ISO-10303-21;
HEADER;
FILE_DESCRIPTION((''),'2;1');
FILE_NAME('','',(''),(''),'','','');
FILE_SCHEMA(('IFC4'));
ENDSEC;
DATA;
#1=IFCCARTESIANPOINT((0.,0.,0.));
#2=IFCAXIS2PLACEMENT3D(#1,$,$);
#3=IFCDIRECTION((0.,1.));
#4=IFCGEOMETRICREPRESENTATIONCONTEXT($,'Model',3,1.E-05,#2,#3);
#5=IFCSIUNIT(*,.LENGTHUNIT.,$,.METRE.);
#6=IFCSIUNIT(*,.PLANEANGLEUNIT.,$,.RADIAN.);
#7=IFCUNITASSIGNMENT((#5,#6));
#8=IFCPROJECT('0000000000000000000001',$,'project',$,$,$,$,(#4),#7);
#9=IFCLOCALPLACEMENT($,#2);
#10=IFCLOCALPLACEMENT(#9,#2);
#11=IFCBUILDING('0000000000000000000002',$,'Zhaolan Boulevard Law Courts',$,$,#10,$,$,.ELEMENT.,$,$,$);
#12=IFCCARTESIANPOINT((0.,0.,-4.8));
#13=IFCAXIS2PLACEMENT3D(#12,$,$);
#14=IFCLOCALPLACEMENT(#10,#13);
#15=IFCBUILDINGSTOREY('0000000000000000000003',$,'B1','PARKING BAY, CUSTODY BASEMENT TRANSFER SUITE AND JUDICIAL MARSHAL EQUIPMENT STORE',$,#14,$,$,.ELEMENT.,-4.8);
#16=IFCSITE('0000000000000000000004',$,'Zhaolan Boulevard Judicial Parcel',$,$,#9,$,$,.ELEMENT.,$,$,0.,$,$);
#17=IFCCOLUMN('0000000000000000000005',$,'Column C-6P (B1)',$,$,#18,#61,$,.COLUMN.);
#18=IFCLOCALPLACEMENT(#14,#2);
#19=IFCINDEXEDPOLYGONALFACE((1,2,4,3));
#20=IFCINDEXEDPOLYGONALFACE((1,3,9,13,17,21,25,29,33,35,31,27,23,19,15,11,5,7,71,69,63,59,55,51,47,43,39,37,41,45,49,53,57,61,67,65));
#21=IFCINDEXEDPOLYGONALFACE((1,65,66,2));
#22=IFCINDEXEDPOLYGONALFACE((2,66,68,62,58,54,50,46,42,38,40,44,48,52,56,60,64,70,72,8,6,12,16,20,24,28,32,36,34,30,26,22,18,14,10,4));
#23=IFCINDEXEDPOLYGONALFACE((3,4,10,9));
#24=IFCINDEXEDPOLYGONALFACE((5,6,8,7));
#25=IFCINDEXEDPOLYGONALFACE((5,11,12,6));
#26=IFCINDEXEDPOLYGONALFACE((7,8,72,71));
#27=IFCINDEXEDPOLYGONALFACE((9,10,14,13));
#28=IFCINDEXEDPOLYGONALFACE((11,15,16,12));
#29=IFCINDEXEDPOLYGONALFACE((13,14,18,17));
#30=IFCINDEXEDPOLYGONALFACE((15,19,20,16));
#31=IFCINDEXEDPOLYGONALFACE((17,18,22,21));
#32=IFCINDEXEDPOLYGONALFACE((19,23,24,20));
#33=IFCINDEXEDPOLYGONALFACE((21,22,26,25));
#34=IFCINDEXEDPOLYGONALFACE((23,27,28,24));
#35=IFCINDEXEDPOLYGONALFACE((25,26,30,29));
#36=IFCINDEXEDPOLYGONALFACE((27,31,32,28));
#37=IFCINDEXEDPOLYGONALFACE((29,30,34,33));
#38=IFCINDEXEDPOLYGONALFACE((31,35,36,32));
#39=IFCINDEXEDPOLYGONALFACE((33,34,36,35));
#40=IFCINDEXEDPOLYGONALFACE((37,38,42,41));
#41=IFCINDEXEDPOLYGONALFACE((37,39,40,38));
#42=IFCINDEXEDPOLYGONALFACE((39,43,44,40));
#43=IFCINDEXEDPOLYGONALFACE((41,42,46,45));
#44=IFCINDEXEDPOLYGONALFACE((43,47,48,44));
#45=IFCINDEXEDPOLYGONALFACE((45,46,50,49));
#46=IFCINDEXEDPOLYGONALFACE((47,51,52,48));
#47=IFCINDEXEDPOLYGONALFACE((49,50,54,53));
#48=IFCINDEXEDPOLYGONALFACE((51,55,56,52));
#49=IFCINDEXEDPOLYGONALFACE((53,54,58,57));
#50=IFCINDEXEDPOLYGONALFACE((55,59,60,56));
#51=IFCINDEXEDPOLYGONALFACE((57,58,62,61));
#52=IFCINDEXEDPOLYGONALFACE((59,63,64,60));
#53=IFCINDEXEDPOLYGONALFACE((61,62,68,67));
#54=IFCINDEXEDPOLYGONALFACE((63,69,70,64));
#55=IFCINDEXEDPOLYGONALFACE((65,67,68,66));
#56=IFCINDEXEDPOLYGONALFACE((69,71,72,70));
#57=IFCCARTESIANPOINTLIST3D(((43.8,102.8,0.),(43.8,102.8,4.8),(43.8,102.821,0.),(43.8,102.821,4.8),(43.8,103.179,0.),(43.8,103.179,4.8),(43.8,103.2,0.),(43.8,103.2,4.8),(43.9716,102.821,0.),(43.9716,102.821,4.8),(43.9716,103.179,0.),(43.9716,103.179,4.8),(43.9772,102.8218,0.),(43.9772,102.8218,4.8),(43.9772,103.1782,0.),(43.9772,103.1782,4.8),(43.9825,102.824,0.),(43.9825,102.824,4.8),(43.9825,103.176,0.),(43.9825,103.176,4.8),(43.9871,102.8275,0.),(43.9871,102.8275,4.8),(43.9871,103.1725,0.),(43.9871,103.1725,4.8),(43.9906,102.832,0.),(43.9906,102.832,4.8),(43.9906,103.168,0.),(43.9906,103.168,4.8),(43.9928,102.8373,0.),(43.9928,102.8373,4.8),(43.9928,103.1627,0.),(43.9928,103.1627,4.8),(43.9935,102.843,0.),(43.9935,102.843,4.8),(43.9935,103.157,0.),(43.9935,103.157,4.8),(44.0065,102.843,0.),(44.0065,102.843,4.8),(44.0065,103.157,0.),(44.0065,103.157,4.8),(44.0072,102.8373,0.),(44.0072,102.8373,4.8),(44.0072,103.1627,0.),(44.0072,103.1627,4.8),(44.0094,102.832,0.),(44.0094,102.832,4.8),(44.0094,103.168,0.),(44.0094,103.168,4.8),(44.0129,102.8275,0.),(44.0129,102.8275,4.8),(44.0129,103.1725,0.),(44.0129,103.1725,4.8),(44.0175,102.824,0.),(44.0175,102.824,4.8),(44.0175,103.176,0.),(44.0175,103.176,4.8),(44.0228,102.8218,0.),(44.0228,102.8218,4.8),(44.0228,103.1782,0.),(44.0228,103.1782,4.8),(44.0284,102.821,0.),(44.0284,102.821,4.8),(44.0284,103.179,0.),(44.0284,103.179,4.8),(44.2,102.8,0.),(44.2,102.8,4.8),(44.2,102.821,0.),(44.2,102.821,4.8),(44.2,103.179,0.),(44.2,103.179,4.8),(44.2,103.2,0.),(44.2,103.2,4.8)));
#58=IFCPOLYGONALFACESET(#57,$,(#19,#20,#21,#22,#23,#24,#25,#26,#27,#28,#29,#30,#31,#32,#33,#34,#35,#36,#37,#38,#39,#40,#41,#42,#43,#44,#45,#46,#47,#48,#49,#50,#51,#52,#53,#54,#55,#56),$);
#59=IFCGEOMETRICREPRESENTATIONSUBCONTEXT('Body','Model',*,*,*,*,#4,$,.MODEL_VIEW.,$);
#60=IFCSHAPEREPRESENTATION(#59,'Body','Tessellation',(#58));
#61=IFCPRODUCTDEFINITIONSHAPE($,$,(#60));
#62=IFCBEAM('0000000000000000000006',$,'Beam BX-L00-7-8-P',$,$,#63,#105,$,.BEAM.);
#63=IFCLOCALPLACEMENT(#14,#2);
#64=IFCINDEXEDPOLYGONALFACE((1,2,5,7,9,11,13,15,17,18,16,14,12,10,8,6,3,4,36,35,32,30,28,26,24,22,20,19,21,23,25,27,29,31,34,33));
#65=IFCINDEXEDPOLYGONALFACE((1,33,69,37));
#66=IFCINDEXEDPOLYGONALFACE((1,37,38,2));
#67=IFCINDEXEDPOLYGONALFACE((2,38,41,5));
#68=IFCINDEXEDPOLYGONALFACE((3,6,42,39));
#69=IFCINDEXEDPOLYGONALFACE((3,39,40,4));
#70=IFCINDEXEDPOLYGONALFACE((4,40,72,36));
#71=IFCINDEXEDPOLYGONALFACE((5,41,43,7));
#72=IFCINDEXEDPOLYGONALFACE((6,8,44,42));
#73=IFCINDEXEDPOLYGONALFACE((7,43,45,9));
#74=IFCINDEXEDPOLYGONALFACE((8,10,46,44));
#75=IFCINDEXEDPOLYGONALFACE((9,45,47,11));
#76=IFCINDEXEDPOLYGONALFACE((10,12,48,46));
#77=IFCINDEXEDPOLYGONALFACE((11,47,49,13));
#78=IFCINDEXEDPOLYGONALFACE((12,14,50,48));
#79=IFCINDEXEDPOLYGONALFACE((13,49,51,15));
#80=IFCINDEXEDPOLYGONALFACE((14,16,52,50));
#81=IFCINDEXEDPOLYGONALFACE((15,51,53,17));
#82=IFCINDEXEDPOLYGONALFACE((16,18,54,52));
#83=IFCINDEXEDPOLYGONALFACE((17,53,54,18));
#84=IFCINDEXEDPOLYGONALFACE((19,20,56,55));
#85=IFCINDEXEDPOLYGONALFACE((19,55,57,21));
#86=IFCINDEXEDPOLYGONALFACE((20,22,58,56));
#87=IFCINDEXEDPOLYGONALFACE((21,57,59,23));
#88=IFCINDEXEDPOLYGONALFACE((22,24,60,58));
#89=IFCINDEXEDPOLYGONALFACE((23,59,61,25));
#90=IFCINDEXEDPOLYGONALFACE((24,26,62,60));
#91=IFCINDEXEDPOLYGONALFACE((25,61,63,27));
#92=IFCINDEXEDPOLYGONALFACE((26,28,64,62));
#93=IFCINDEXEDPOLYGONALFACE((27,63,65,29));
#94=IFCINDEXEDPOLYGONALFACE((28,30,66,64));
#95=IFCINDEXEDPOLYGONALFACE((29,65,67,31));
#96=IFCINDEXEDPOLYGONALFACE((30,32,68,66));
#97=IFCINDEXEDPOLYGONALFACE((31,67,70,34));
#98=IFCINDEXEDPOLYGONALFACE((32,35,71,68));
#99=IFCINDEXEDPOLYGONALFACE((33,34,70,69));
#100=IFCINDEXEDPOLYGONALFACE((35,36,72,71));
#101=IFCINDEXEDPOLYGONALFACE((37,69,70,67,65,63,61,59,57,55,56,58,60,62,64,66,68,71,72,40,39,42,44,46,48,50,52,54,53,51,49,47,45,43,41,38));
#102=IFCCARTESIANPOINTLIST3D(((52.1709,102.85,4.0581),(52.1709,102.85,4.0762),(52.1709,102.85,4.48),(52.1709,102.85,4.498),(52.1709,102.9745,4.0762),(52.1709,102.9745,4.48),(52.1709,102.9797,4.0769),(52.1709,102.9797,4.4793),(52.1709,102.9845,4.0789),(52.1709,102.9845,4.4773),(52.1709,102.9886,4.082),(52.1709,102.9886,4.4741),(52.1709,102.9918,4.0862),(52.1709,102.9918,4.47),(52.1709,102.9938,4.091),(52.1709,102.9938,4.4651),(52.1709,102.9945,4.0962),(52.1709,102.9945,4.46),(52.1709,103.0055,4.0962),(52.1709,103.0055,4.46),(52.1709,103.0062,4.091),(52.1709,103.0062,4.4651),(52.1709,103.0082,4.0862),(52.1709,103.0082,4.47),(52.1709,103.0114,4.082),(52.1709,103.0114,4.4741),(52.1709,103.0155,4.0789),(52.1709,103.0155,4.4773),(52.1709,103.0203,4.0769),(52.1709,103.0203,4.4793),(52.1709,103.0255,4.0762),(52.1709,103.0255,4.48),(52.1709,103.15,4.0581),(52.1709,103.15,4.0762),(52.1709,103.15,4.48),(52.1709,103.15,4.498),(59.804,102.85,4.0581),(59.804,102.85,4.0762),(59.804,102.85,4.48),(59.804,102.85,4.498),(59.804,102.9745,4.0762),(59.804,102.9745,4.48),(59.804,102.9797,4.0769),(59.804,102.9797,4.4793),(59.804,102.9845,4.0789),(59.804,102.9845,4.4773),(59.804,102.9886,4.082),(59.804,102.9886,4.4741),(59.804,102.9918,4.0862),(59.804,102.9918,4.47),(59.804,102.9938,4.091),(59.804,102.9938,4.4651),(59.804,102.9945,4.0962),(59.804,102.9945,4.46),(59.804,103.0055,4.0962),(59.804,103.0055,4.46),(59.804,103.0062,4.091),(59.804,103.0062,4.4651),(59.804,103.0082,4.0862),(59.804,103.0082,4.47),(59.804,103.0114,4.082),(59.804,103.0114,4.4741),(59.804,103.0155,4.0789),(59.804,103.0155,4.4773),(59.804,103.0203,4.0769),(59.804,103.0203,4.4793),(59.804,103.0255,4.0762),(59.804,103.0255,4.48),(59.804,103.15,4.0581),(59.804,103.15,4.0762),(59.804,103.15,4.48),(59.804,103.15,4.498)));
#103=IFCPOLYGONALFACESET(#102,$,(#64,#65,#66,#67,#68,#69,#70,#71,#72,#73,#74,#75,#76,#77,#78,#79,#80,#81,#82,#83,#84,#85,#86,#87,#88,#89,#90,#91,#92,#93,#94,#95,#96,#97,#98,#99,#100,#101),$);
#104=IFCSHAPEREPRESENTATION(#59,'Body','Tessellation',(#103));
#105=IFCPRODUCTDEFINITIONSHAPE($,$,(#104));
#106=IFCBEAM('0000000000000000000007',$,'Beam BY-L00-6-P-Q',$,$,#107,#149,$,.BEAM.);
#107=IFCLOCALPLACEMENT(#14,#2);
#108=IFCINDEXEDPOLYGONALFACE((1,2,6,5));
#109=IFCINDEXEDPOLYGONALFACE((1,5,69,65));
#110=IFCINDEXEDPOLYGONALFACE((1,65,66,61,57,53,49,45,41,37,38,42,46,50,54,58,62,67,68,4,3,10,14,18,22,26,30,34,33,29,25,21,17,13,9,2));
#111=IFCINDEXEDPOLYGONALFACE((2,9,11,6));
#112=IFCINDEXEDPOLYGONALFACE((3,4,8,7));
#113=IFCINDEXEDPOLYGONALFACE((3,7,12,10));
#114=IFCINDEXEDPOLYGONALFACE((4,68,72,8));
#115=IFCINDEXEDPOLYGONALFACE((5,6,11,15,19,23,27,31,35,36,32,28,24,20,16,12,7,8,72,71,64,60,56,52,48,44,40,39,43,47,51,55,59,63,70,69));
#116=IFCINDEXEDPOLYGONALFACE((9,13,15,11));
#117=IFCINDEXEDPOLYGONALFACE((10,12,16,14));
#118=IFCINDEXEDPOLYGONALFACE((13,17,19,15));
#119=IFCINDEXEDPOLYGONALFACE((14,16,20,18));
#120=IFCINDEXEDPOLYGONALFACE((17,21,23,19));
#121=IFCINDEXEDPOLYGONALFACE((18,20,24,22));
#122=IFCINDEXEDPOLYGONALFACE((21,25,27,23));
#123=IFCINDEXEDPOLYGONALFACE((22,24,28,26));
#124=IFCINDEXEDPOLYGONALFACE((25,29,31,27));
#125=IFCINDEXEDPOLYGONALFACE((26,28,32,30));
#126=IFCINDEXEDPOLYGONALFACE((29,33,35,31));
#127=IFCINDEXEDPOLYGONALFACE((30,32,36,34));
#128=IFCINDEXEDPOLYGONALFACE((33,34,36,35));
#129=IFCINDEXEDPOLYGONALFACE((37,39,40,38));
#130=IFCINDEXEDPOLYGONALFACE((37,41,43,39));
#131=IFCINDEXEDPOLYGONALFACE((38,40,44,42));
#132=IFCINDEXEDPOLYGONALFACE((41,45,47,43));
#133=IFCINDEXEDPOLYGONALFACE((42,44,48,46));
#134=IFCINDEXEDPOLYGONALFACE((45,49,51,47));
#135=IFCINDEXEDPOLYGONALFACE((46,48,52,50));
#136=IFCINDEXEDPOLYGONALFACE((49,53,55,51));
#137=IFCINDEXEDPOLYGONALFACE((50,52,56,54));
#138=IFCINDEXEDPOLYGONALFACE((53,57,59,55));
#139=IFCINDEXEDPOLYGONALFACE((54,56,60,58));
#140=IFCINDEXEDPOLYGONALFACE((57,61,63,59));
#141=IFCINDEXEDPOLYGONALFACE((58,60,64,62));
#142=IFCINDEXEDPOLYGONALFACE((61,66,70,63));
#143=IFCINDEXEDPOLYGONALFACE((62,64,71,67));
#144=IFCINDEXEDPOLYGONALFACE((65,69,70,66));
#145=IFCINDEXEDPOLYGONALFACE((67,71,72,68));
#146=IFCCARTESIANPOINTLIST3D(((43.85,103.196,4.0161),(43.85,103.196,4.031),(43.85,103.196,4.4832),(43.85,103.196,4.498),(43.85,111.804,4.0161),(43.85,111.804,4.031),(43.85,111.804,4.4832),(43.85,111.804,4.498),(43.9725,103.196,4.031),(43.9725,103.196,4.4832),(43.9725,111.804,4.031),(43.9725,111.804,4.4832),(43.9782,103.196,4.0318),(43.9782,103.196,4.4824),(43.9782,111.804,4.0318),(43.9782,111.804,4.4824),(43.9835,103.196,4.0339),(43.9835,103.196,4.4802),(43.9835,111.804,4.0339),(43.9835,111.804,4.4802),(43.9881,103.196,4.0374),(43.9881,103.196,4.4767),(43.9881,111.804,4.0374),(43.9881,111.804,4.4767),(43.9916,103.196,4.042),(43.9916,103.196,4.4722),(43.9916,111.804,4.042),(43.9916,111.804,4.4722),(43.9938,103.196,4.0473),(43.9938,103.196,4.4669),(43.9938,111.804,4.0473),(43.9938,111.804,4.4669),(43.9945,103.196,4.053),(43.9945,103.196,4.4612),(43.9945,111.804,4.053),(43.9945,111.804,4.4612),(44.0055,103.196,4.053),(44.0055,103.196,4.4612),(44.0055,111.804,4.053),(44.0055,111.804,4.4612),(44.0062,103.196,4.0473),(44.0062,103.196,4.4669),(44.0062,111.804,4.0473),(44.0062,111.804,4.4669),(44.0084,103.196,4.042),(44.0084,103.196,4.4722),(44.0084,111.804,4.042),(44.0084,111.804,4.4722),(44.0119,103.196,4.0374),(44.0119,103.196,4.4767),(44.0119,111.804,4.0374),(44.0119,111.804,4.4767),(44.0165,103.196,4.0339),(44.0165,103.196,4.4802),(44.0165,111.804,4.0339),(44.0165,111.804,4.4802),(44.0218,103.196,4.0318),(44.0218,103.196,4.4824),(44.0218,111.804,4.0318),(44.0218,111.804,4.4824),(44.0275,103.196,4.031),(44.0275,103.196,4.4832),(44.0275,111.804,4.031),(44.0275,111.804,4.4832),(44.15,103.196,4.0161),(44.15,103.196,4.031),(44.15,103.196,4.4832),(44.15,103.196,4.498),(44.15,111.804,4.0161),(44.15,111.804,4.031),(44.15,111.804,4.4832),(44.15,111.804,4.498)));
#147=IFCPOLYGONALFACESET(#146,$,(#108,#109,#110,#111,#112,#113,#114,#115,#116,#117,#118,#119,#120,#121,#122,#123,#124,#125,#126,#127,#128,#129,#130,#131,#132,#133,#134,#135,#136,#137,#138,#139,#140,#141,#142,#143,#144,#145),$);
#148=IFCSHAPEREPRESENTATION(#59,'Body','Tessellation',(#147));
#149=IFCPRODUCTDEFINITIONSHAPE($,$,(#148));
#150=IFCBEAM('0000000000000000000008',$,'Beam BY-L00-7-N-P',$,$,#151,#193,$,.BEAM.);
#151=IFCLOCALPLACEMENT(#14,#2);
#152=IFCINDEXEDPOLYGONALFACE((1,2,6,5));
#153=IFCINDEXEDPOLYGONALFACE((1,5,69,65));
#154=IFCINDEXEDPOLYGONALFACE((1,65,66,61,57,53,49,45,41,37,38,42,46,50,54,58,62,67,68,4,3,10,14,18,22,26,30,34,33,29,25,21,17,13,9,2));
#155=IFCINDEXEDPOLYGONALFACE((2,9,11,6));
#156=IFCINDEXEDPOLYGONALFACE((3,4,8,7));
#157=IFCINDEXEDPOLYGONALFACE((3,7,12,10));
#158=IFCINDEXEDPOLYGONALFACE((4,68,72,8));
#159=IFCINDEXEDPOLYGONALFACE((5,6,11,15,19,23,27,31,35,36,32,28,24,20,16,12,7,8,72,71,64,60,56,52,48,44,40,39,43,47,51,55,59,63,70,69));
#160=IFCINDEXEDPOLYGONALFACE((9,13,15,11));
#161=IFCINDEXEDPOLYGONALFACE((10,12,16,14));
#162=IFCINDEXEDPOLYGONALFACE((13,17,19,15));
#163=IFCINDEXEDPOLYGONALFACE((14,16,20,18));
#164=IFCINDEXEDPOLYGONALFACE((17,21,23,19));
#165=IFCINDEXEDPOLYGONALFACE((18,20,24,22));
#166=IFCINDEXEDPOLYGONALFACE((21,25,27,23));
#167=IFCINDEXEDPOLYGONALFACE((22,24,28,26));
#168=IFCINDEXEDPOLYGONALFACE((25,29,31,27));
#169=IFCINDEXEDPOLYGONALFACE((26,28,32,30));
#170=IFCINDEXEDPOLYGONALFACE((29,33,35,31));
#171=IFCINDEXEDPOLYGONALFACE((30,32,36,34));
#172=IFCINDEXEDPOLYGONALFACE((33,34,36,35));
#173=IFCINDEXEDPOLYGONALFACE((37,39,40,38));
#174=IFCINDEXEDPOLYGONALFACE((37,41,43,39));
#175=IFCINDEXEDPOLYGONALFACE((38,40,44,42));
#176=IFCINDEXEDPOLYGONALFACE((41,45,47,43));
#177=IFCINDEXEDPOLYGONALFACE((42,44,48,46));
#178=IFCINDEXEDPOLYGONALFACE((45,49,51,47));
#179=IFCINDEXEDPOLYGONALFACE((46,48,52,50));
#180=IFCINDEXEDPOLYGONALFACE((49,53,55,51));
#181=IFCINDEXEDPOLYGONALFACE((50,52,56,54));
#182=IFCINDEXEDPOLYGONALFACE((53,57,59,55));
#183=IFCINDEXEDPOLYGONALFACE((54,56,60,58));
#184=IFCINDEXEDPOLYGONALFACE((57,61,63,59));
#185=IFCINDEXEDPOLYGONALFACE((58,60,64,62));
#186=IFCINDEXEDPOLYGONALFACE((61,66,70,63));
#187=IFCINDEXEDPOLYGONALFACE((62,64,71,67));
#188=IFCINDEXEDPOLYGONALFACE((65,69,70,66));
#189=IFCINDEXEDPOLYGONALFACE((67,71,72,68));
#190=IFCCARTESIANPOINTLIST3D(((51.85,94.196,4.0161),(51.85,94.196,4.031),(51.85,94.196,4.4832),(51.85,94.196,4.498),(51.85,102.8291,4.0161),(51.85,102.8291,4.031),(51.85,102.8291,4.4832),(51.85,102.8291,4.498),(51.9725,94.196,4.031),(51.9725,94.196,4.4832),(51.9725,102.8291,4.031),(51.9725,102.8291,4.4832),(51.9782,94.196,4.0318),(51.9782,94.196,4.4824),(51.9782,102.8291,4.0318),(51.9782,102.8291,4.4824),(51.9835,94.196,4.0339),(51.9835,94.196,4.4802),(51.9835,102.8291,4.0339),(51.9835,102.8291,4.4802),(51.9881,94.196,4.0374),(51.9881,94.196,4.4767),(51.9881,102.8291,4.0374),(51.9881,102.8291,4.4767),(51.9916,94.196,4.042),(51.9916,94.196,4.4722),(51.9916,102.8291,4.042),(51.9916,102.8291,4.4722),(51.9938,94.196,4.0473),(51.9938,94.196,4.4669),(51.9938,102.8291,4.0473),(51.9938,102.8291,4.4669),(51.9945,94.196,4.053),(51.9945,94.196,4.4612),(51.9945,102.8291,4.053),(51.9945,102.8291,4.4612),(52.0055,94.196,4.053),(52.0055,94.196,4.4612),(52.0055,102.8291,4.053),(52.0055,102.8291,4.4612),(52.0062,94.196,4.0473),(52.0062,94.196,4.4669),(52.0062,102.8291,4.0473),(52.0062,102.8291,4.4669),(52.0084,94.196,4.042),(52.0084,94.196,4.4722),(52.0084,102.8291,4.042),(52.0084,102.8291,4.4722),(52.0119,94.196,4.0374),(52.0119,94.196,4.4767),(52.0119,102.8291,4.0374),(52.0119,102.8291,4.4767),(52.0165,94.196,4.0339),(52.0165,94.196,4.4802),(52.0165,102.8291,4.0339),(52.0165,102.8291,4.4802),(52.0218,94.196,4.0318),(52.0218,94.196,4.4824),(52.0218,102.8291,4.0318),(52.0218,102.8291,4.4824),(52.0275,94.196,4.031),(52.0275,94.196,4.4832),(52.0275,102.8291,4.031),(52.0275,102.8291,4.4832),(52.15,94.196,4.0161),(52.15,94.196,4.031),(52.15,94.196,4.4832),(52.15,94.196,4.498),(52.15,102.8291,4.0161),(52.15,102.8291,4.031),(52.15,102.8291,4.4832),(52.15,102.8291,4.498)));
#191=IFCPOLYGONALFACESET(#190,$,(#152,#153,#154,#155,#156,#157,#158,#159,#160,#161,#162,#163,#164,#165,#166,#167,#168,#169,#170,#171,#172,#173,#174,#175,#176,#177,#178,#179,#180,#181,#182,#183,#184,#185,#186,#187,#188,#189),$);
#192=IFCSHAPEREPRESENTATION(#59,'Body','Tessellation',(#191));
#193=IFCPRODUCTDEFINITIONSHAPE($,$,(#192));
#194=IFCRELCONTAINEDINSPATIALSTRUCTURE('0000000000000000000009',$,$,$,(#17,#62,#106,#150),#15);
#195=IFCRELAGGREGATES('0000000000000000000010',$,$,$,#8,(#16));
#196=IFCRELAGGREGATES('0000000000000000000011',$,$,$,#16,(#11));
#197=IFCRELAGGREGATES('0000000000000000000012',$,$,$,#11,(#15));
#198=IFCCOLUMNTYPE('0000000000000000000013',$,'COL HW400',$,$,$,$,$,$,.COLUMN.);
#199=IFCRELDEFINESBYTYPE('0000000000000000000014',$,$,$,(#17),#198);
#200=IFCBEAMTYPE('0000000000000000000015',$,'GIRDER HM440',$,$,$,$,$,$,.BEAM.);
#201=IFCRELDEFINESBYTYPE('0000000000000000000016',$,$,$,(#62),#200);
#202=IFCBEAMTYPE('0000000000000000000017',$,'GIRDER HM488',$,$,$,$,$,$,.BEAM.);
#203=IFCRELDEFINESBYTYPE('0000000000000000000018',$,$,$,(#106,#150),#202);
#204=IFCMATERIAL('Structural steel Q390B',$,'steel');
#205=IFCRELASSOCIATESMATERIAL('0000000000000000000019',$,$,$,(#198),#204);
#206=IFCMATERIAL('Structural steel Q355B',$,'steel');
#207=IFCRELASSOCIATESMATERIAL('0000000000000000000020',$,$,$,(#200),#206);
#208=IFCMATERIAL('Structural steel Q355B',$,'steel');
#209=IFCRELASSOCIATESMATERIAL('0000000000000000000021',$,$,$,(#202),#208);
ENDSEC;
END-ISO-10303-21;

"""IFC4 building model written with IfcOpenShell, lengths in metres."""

from ifc_helpers import new_model, si_unit, direction, frame, origin, origin_2d, place, context, subcontext, project, spatial, i_section, extrude, material, material_profile, profile_set, type_object, element, save


model = new_model("IFC4")

# Units and contexts
model_context = context("Model", 3, precision=1e-05, world=origin(), true_north=direction((0.0, 1.0)))
body_context = subcontext(model_context, "Body", "Model", "MODEL_VIEW")
ifc_project = project(units=[si_unit("LENGTHUNIT", "METRE"), si_unit("PLANEANGLEUNIT", "RADIAN")], contexts=[model_context])

# Site, building, storey
site_placement = place(None, origin())
site = spatial("IfcSite", under=ifc_project, at=site_placement, Name="Zhaolan Boulevard Judicial Parcel", CompositionType="ELEMENT", RefElevation=0.0)
building_placement = place(site_placement, origin())
building = spatial("IfcBuilding", under=site, at=building_placement, Name="Zhaolan Boulevard Law Courts", CompositionType="ELEMENT")
storey_placement = place(building_placement, frame((0.0, 0.0, -4.8)))
storey = spatial("IfcBuildingStorey", under=building, at=storey_placement, Name="B1", Description="PARKING BAY, CUSTODY BASEMENT TRANSFER SUITE AND JUDICIAL MARSHAL EQUIPMENT STORE", CompositionType="ELEMENT", Elevation=-4.8)

# Column
ifc_material_1 = material(Name="Structural steel Q390B", Category="steel")
ifc_material_profile_1 = material_profile(ifc_material_1, i_section(OverallWidth=0.3999, OverallDepth=0.3999, WebThickness=0.0129, FlangeThickness=0.021, FilletRadius=0.022, at=origin_2d()), Name="HW400x400")
ifc_profile_set_1 = profile_set([ifc_material_profile_1], Name="Structural steel Q390B")
column_type_1 = type_object("IfcColumnType", Name="COL HW400", PredefinedType="COLUMN", material=ifc_profile_set_1)
column_1_placement = place(storey_placement, frame((44.0, 103.0, 0.0), z_axis=(0.0, 0.0, 1.0), x_axis=(1.0, 0.0, 0.0)))
element("IfcColumn", 1, at=column_1_placement, inside=storey, type_object=column_type_1, Name="Column C-6P (B1)", PredefinedType="COLUMN", context=body_context, shape_type="SweptSolid", body=[
    extrude(i_section(OverallWidth=0.3999, OverallDepth=0.3999, WebThickness=0.0129, FlangeThickness=0.021, FilletRadius=0.022, at=origin_2d()), origin(), (0.0, 0.0, 1.0), 4.8),
])

# Beams
ifc_material_2 = material(Name="Structural steel Q355B", Category="steel")
ifc_material_profile_2 = material_profile(ifc_material_2, i_section(OverallWidth=0.3, OverallDepth=0.4399, WebThickness=0.011, FlangeThickness=0.0181, FilletRadius=0.02, at=origin_2d()), Name="HM440x300")
ifc_profile_set_2 = profile_set([ifc_material_profile_2], Name="Structural steel Q355B")
beam_type_1 = type_object("IfcBeamType", Name="GIRDER HM440", PredefinedType="BEAM", material=ifc_profile_set_2)
beam_1_placement = place(storey_placement, frame((52.1709, 103.0, 4.2781), z_axis=(1.0, 0.0, 0.0), x_axis=(0.0, 1.0, 0.0)))
element("IfcBeam", 2, at=beam_1_placement, inside=storey, type_object=beam_type_1, Name="Beam BX-L00-7-8-P", PredefinedType="BEAM", context=body_context, shape_type="SweptSolid", body=[
    extrude(i_section(OverallWidth=0.3, OverallDepth=0.4399, WebThickness=0.011, FlangeThickness=0.0181, FilletRadius=0.02, at=origin_2d()), origin(), (0.0, 0.0, 1.0), 7.6331),
])
ifc_material_3 = material(Name="Structural steel Q355B", Category="steel")
ifc_material_profile_3 = material_profile(ifc_material_3, i_section(OverallWidth=0.3, OverallDepth=0.4819, WebThickness=0.011, FlangeThickness=0.0149, FilletRadius=0.022, at=origin_2d()), Name="HM482x300")
ifc_profile_set_3 = profile_set([ifc_material_profile_3], Name="Structural steel Q355B")
beam_type_2 = type_object("IfcBeamType", Name="GIRDER HM488", PredefinedType="BEAM", material=ifc_profile_set_3)
beam_2_placement = place(storey_placement, frame((44.0, 103.196, 4.2571), z_axis=(0.0, 1.0, 0.0), x_axis=(-1.0, 0.0, 0.0)))
element("IfcBeam", 3, at=beam_2_placement, inside=storey, type_object=beam_type_2, Name="Beam BY-L00-6-P-Q", PredefinedType="BEAM", context=body_context, shape_type="SweptSolid", body=[
    extrude(i_section(OverallWidth=0.3, OverallDepth=0.4819, WebThickness=0.011, FlangeThickness=0.0149, FilletRadius=0.022, at=origin_2d()), origin(), (0.0, 0.0, 1.0), 8.6079),
])
beam_3_placement = place(storey_placement, frame((52.0, 94.196, 4.2571), z_axis=(0.0, 1.0, 0.0), x_axis=(-1.0, 0.0, 0.0)))
element("IfcBeam", 4, at=beam_3_placement, inside=storey, type_object=beam_type_2, Name="Beam BY-L00-7-N-P", PredefinedType="BEAM", context=body_context, shape_type="SweptSolid", body=[
    extrude(i_section(OverallWidth=0.3, OverallDepth=0.4819, WebThickness=0.011, FlangeThickness=0.0149, FilletRadius=0.022, at=origin_2d()), origin(), (0.0, 0.0, 1.0), 8.6331),
])

save(model, "model.ifc")
